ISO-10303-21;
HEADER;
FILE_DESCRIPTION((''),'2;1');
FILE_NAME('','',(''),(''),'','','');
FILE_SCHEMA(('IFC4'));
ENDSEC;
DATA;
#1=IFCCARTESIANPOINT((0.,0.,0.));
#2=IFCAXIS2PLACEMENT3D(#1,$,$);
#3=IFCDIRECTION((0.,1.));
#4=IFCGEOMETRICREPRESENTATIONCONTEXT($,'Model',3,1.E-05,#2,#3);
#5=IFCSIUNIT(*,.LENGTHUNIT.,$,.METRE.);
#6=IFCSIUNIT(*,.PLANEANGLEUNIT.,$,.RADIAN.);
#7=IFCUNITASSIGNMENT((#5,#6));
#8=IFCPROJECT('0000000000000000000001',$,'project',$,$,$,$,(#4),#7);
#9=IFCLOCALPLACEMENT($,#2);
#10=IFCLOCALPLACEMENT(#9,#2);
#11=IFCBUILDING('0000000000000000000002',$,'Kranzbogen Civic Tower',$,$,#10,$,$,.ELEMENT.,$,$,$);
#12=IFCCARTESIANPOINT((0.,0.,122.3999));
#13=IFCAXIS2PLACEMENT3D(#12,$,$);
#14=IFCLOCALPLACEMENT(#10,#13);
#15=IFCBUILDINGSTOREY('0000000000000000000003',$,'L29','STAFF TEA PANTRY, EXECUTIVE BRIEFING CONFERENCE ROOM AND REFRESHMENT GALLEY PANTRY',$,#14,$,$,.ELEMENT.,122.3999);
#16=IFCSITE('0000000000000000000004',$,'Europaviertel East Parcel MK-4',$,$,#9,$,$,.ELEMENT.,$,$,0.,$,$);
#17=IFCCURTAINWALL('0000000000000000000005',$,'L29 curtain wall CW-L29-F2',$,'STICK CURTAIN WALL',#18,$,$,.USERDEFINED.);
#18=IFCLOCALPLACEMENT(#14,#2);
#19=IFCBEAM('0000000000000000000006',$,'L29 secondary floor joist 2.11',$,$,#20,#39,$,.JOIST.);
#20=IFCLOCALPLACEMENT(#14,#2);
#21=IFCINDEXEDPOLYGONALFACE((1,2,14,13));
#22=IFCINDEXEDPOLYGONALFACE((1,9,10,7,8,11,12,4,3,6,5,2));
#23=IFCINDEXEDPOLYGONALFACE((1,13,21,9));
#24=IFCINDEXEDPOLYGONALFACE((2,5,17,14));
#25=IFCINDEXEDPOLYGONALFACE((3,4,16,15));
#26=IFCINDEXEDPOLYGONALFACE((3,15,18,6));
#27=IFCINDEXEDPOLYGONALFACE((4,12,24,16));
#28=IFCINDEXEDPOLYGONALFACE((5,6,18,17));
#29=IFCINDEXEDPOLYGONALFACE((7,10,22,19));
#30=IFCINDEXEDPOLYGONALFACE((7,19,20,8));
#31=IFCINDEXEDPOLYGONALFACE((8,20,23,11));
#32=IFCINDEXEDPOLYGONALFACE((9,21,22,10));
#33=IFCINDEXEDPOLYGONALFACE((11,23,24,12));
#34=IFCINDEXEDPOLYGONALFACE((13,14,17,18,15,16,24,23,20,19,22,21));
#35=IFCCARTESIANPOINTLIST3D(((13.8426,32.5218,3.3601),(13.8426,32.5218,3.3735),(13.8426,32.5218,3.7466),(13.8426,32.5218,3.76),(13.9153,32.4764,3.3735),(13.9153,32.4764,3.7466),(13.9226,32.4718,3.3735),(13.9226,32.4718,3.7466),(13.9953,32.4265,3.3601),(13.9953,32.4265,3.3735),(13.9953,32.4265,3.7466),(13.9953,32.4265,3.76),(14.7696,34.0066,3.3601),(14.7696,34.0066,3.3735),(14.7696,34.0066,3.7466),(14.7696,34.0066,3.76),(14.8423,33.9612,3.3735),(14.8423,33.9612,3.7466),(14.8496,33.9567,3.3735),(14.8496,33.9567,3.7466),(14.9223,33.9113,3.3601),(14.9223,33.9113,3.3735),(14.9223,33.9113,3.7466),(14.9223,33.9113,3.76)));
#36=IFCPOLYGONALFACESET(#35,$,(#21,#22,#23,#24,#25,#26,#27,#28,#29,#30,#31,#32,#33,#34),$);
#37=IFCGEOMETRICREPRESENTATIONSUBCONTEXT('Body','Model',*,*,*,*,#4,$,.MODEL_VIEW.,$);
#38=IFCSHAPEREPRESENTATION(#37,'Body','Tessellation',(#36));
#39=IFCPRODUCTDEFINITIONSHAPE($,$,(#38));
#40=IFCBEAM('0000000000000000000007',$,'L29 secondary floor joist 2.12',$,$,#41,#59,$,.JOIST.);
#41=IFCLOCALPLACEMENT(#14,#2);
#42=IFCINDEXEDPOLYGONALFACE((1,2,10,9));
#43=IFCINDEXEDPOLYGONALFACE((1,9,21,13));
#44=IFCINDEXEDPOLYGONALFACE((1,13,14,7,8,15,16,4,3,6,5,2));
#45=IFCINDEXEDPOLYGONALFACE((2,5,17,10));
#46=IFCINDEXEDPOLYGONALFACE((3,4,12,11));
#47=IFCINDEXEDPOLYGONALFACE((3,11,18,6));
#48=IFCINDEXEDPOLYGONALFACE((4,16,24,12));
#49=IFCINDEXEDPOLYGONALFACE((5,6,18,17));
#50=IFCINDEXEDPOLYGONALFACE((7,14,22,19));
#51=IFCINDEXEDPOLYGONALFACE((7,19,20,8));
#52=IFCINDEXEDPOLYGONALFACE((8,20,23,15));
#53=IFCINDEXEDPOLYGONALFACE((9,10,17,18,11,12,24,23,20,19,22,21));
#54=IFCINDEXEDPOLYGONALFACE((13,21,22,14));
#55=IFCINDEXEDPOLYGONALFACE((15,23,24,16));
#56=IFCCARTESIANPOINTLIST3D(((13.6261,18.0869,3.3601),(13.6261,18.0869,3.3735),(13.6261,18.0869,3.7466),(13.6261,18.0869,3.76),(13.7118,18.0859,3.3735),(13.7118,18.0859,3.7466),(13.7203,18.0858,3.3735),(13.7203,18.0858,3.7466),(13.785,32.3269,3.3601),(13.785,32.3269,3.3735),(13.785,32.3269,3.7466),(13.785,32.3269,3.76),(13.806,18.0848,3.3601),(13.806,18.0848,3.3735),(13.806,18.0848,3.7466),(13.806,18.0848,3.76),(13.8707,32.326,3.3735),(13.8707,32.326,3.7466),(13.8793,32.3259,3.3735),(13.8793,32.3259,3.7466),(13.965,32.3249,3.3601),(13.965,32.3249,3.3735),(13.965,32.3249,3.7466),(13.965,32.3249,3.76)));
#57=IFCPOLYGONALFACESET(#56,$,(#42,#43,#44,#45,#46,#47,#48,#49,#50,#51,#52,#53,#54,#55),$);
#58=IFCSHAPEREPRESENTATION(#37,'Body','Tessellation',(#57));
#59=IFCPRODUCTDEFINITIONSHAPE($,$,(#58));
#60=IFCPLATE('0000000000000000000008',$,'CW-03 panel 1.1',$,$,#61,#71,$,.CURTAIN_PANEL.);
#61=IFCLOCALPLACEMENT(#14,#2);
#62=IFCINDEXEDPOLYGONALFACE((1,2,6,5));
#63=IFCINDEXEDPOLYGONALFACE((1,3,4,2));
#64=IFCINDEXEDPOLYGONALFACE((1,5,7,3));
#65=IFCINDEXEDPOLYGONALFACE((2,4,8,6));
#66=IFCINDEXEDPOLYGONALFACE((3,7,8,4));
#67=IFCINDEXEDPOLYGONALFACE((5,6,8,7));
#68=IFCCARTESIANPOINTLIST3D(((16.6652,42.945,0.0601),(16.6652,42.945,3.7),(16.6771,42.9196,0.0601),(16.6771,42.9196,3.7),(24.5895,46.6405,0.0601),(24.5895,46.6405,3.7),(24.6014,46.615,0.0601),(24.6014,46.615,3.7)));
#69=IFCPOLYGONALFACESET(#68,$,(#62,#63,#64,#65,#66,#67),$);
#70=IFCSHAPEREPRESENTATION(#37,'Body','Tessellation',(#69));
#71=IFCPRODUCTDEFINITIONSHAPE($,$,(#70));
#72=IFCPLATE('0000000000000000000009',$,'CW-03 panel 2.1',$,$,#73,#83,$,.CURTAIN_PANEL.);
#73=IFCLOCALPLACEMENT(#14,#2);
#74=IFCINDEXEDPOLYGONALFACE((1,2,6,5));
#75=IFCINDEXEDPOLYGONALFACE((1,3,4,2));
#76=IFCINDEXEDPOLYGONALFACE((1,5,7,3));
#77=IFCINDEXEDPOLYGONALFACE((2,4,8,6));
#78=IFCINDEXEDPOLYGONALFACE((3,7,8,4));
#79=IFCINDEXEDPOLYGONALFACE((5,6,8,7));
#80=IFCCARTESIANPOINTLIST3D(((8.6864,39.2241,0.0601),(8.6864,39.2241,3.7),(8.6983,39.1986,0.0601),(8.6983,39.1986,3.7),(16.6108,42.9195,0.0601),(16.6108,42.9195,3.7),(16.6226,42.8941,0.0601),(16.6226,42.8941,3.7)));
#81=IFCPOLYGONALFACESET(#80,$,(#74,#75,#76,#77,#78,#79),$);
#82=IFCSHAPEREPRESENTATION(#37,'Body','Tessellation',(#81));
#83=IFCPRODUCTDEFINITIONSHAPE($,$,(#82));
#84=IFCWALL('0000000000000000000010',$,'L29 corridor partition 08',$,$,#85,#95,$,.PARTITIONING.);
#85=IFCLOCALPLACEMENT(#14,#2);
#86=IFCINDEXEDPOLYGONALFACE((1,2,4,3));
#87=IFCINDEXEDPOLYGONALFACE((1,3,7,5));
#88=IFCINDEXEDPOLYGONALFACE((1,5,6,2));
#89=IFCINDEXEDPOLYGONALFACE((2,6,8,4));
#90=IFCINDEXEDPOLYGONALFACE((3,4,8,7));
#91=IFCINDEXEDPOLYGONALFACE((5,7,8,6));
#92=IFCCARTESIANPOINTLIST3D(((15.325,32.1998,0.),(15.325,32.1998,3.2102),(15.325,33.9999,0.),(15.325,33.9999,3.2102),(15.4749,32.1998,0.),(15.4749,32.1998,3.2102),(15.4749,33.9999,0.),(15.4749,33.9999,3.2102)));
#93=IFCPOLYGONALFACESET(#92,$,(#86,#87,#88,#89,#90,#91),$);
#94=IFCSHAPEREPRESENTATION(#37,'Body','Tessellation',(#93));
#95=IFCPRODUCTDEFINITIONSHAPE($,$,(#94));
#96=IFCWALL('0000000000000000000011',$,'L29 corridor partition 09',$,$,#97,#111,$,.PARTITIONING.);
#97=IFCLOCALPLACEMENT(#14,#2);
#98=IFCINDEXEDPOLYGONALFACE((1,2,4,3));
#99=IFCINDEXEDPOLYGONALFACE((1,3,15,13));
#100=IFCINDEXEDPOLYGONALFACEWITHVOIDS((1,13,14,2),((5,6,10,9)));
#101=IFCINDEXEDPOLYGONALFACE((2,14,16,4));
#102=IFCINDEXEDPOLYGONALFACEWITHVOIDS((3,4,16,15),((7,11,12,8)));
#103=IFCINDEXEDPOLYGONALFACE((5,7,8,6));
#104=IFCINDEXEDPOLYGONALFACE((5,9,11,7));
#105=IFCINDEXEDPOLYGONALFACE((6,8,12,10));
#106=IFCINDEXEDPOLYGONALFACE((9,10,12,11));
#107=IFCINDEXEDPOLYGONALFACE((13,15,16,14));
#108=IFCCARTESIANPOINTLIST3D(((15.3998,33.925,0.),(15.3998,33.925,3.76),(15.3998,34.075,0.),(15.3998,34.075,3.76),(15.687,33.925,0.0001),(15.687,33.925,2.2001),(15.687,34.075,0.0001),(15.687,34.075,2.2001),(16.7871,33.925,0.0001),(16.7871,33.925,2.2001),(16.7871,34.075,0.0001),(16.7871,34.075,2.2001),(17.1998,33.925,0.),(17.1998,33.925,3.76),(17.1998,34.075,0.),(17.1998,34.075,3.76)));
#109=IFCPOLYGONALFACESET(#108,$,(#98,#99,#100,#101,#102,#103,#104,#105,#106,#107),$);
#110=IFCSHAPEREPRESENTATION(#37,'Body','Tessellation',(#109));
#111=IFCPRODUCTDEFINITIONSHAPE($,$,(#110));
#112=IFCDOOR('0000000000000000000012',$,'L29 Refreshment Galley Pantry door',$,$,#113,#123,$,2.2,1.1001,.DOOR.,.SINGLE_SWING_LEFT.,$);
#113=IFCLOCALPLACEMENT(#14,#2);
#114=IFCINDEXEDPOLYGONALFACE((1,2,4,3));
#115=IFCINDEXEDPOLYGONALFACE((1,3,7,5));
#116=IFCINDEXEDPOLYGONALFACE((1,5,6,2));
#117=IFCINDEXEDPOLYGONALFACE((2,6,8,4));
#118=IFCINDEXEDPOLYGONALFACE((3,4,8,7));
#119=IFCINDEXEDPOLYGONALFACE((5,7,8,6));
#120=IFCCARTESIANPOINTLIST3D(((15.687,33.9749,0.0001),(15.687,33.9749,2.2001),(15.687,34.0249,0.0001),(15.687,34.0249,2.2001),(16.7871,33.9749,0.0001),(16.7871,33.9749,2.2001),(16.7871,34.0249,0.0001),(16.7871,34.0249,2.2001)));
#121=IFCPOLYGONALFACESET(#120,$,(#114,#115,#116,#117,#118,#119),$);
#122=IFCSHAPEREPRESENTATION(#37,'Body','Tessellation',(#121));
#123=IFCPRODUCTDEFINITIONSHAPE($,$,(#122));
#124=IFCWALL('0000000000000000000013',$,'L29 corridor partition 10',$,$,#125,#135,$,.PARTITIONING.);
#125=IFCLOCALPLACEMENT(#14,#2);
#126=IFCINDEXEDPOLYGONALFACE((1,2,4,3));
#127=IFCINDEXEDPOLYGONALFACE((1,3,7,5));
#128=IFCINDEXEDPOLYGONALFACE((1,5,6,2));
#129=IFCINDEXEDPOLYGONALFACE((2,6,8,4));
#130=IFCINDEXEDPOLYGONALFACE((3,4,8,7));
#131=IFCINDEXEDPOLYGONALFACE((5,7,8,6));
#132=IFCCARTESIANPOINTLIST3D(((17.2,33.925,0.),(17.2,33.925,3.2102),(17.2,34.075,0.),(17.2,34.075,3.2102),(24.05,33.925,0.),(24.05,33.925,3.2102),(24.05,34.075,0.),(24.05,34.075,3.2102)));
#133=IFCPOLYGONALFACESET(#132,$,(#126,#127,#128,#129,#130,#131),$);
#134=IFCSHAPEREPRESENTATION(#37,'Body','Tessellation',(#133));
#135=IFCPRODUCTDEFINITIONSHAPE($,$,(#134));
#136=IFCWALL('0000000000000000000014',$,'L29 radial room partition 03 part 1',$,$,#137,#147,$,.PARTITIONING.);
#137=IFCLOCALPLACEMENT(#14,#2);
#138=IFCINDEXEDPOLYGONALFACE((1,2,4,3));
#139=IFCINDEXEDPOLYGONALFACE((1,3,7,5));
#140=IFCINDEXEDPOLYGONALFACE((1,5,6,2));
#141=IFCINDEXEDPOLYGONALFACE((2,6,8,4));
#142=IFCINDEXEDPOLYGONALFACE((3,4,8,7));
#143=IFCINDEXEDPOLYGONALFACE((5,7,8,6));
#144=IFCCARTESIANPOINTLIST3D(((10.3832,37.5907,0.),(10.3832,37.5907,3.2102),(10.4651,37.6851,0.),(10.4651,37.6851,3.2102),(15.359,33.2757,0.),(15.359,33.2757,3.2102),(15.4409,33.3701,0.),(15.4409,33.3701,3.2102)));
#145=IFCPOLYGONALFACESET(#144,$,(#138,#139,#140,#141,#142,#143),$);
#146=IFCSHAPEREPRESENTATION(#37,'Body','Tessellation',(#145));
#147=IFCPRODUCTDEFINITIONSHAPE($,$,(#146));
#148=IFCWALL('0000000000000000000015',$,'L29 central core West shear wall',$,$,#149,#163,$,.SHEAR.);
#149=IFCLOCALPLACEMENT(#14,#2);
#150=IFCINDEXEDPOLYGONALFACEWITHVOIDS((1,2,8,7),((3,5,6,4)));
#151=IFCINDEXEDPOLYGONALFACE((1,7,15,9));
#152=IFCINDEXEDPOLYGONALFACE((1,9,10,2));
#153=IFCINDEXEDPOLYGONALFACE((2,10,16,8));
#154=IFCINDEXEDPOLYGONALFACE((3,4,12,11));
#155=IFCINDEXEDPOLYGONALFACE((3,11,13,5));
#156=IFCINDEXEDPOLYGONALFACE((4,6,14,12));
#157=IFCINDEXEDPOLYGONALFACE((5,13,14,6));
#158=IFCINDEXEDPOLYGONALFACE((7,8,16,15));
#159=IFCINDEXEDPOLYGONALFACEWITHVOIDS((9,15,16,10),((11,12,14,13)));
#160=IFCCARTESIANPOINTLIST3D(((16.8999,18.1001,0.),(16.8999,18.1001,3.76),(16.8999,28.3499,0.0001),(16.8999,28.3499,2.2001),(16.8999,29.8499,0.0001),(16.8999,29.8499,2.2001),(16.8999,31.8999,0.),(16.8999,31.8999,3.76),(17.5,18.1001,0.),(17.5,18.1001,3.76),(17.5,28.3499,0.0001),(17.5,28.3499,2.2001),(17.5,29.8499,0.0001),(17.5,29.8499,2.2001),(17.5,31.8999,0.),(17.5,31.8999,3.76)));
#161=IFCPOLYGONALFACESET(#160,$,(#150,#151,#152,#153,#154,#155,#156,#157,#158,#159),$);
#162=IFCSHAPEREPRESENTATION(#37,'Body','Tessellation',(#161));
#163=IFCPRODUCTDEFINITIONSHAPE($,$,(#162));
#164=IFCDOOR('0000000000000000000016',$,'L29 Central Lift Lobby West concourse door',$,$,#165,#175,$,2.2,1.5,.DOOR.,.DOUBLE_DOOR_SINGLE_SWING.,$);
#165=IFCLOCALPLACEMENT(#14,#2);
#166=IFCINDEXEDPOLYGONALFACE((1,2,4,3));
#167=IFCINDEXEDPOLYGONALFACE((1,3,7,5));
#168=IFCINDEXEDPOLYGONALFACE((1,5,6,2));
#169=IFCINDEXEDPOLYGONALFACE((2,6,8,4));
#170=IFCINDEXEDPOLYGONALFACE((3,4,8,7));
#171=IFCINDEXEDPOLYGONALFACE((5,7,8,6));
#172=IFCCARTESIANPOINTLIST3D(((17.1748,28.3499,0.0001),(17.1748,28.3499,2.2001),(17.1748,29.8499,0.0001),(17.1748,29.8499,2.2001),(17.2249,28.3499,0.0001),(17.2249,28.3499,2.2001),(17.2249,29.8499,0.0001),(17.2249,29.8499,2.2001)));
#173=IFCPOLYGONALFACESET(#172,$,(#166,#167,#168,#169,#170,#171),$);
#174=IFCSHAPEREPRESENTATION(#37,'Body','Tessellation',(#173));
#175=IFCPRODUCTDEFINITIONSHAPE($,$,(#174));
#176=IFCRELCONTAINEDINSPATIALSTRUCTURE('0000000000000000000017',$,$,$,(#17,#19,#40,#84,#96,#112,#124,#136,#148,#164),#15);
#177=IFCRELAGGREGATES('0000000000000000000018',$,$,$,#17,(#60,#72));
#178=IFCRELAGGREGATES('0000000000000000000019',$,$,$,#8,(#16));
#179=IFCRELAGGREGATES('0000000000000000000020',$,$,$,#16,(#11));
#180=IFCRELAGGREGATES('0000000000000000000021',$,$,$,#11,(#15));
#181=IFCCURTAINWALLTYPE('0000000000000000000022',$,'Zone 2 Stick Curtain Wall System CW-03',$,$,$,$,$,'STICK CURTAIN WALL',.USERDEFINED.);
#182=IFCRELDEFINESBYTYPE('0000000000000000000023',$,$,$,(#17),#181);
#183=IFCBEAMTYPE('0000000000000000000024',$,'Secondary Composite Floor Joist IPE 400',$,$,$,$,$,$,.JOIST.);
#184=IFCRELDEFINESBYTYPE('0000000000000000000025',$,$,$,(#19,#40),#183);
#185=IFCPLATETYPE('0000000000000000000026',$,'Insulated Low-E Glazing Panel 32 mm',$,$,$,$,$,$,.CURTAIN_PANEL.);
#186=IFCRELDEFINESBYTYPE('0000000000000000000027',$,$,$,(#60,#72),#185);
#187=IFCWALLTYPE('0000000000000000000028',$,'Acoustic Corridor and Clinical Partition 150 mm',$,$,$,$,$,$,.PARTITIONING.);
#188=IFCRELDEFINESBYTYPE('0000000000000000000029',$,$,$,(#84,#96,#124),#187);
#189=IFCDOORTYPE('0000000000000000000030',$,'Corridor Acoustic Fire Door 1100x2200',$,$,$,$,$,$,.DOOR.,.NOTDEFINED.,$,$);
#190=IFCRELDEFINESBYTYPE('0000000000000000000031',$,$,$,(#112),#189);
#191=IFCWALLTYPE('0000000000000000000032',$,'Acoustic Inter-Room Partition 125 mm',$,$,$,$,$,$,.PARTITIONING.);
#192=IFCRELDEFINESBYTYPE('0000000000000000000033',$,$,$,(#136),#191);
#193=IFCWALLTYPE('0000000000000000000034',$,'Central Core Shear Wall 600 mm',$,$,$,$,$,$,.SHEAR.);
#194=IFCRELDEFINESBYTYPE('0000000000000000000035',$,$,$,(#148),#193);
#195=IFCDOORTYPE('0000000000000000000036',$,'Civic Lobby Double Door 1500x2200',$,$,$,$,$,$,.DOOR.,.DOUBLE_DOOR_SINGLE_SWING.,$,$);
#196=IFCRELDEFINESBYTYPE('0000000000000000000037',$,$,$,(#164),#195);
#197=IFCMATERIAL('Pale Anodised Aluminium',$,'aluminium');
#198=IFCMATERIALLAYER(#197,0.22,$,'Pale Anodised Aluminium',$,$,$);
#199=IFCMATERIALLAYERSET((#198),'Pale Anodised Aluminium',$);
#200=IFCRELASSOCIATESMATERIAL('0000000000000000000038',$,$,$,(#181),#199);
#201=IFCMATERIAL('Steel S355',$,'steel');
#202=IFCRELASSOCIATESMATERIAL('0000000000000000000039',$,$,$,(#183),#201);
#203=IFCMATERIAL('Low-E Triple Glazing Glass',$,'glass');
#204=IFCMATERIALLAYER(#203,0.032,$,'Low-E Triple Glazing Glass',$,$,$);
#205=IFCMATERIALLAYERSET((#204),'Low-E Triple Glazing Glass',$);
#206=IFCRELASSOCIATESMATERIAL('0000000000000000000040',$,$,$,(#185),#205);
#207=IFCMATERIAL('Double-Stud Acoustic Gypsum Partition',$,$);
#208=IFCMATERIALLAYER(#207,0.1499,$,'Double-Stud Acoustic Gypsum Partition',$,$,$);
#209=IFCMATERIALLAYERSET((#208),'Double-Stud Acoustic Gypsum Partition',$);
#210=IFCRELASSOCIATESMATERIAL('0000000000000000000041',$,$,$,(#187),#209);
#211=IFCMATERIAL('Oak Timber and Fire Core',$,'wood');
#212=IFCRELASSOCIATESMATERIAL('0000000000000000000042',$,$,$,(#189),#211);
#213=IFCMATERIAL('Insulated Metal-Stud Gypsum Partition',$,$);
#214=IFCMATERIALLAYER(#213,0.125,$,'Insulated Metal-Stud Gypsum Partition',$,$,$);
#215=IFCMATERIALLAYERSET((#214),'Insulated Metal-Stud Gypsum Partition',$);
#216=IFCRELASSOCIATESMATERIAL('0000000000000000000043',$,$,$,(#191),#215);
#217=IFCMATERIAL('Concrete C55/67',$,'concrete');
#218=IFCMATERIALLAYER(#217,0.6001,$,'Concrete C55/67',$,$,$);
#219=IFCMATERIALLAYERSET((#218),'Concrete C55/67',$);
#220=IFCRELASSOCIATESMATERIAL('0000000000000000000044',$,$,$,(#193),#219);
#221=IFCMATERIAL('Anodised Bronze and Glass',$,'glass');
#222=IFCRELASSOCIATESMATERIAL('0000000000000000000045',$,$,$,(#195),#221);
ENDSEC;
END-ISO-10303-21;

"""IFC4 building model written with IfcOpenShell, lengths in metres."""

from ifc_helpers import new_model, si_unit, direction, frame, frame_2d, origin, origin_2d, place, context, subcontext, project, spatial, rectangle, i_section, extrude, material, layer, layer_set, material_profile, profile_set, type_object, element, fill, aggregate, save


model = new_model("IFC4")

# Units and contexts
model_context = context("Model", 3, precision=1e-05, world=origin(), true_north=direction((0.0, 1.0)))
body_context = subcontext(model_context, "Body", "Model", "MODEL_VIEW")
ifc_project = project(units=[si_unit("LENGTHUNIT", "METRE"), si_unit("PLANEANGLEUNIT", "RADIAN")], contexts=[model_context])

# Site, building, storey
site_placement = place(None, origin())
site = spatial("IfcSite", under=ifc_project, at=site_placement, Name="Europaviertel East Parcel MK-4", CompositionType="ELEMENT", RefElevation=0.0)
building_placement = place(site_placement, origin())
building = spatial("IfcBuilding", under=site, at=building_placement, Name="Kranzbogen Civic Tower", CompositionType="ELEMENT")
storey_placement = place(building_placement, frame((0.0, 0.0, 122.3999)))
storey = spatial("IfcBuildingStorey", under=building, at=storey_placement, Name="L29", Description="STAFF TEA PANTRY, EXECUTIVE BRIEFING CONFERENCE ROOM AND REFRESHMENT GALLEY PANTRY", CompositionType="ELEMENT", Elevation=122.3999)

# Curtain wall
ifc_material_1 = material(Name="Pale Anodised Aluminium", Category="aluminium")
ifc_layer_1 = layer(ifc_material_1, 0.22, Name="Pale Anodised Aluminium")
ifc_layer_set_1 = layer_set([ifc_layer_1], Name="Pale Anodised Aluminium")
curtain_wall_type = type_object("IfcCurtainWallType", Name="Zone 2 Stick Curtain Wall System CW-03", ElementType="STICK CURTAIN WALL", PredefinedType="USERDEFINED", material=ifc_layer_set_1)
curtain_wall_placement = place(storey_placement, origin())
curtain_wall = element("IfcCurtainWall", 1, at=curtain_wall_placement, inside=storey, type_object=curtain_wall_type, Name="L29 curtain wall CW-L29-F2", ObjectType="STICK CURTAIN WALL", PredefinedType="USERDEFINED")

# Beams
ifc_material_2 = material(Name="Steel S355", Category="steel")
ifc_material_profile_1 = material_profile(ifc_material_2, i_section(OverallWidth=0.1799, OverallDepth=0.3999, WebThickness=0.0085, FlangeThickness=0.0134, at=origin_2d()), Name="IPE 400")
ifc_profile_set_1 = profile_set([ifc_material_profile_1], Name="Steel S355")
beam_type_1 = type_object("IfcBeamType", Name="Secondary Composite Floor Joist IPE 400", PredefinedType="JOIST", material=ifc_profile_set_1)
beam_1_placement = place(storey_placement, frame((14.8459, 33.959, 3.5601), z_axis=(-0.529573, -0.848265, 0.0), x_axis=(0.848265, -0.529573, 0.0)))
element("IfcBeam", 2, at=beam_1_placement, inside=storey, type_object=beam_type_1, Name="L29 secondary floor joist 2.11", PredefinedType="JOIST", context=body_context, shape_type="SweptSolid", body=[
    extrude(i_section(OverallWidth=0.1799, OverallDepth=0.3999, WebThickness=0.0085, FlangeThickness=0.0134, at=origin_2d()), origin(), (0.0, 0.0, 1.0), 1.7505),
])
beam_2_placement = place(storey_placement, frame((13.875, 32.3259, 3.5601), z_axis=(-0.011161, -0.999938, 0.0), x_axis=(0.999938, -0.011161, 0.0)))
element("IfcBeam", 3, at=beam_2_placement, inside=storey, type_object=beam_type_1, Name="L29 secondary floor joist 2.12", PredefinedType="JOIST", context=body_context, shape_type="SweptSolid", body=[
    extrude(i_section(OverallWidth=0.1799, OverallDepth=0.3999, WebThickness=0.0085, FlangeThickness=0.0134, at=origin_2d()), origin(), (0.0, 0.0, 1.0), 14.241),
])

# Plates
ifc_material_3 = material(Name="Low-E Triple Glazing Glass", Category="glass")
ifc_layer_2 = layer(ifc_material_3, 0.032, Name="Low-E Triple Glazing Glass")
ifc_layer_set_2 = layer_set([ifc_layer_2], Name="Low-E Triple Glazing Glass")
plate_type = type_object("IfcPlateType", Name="Insulated Low-E Glazing Panel 32 mm", PredefinedType="CURTAIN_PANEL", material=ifc_layer_set_2)
plate_1_placement = place(storey_placement, frame((20.6333, 44.78, 0.0601), z_axis=(0.0, 0.0, 1.0), x_axis=(-0.906297, -0.422641, 0.0)))
plate_1 = element("IfcPlate", 4, at=plate_1_placement, type_object=plate_type, Name="CW-03 panel 1.1", PredefinedType="CURTAIN_PANEL", context=body_context, shape_type="SweptSolid", body=[
    extrude(rectangle(XDim=8.7437, YDim=0.0281, at=origin_2d()), origin(), (0.0, 0.0, 1.0), 3.6399),
])
plate_2_placement = place(storey_placement, frame((12.6545, 41.0591, 0.0601), z_axis=(0.0, 0.0, 1.0), x_axis=(-0.906297, -0.422641, 0.0)))
plate_2 = element("IfcPlate", 5, at=plate_2_placement, type_object=plate_type, Name="CW-03 panel 2.1", PredefinedType="CURTAIN_PANEL", context=body_context, shape_type="SweptSolid", body=[
    extrude(rectangle(XDim=8.7437, YDim=0.0281, at=origin_2d()), origin(), (0.0, 0.0, 1.0), 3.6399),
])
aggregate(curtain_wall, [plate_1, plate_2])

# Wall
ifc_material_4 = material(Name="Double-Stud Acoustic Gypsum Partition")
ifc_layer_3 = layer(ifc_material_4, 0.1499, Name="Double-Stud Acoustic Gypsum Partition")
ifc_layer_set_3 = layer_set([ifc_layer_3], Name="Double-Stud Acoustic Gypsum Partition")
wall_type_1 = type_object("IfcWallType", Name="Acoustic Corridor and Clinical Partition 150 mm", PredefinedType="PARTITIONING", material=ifc_layer_set_3)
wall_1_placement = place(storey_placement, frame((15.3999, 32.2, 0.0), z_axis=(0.0, 0.0, 1.0), x_axis=(0.0, 1.0, 0.0)))
element("IfcWall", 6, at=wall_1_placement, inside=storey, type_object=wall_type_1, Name="L29 corridor partition 08", PredefinedType="PARTITIONING", context=body_context, shape_type="SweptSolid", body=[
    extrude(rectangle(XDim=1.8, YDim=0.1499, at=frame_2d((0.8999, 0.0))), origin(), (0.0, 0.0, 1.0), 3.2102),
])

# Wall, opening, door
wall_2_placement = place(storey_placement, frame((15.3999, 34.0, 0.0), z_axis=(0.0, 0.0, 1.0), x_axis=(1.0, 0.0, 0.0)))
wall_2 = element("IfcWall", 7, at=wall_2_placement, inside=storey, type_object=wall_type_1, Name="L29 corridor partition 09", PredefinedType="PARTITIONING", context=body_context, shape_type="SweptSolid", body=[
    extrude(rectangle(XDim=1.8, YDim=0.1499, at=frame_2d((0.8999, 0.0))), origin(), (0.0, 0.0, 1.0), 3.76),
])
opening_1_placement = place(wall_2_placement, frame((0.2871, 0.0, 0.0)))
opening_1 = element("IfcOpeningElement", 8, at=opening_1_placement, cuts=wall_2, PredefinedType="OPENING", context=body_context, shape_type="SweptSolid", body=[
    extrude(rectangle(XDim=1.1001, YDim=2.2, at=frame_2d((0.55, 1.1001))), frame((0.0, 0.085, 0.0), z_axis=(0.0, -1.0, 0.0), x_axis=(1.0, 0.0, 0.0)), (0.0, 0.0, 1.0), 0.1699),
])
ifc_material_5 = material(Name="Oak Timber and Fire Core", Category="wood")
door_type_1 = type_object("IfcDoorType", Name="Corridor Acoustic Fire Door 1100x2200", OperationType="NOTDEFINED", PredefinedType="DOOR", material=ifc_material_5)
door_1_placement = place(opening_1_placement, origin())
door_1 = element("IfcDoor", 9, at=door_1_placement, inside=storey, type_object=door_type_1, Name="L29 Refreshment Galley Pantry door", OperationType="SINGLE_SWING_LEFT", OverallHeight=2.2, OverallWidth=1.1001, PredefinedType="DOOR", context=body_context, shape_type="SweptSolid", body=[
    extrude(rectangle(XDim=1.1001, YDim=2.2, at=frame_2d((0.55, 1.1001))), frame((0.0, 0.0249, 0.0), z_axis=(0.0, -1.0, 0.0), x_axis=(1.0, 0.0, 0.0)), (0.0, 0.0, 1.0), 0.05),
])
fill(opening_1, door_1)

# Walls
wall_3_placement = place(storey_placement, frame((17.2, 34.0, 0.0), z_axis=(0.0, 0.0, 1.0), x_axis=(1.0, 0.0, 0.0)))
element("IfcWall", 10, at=wall_3_placement, inside=storey, type_object=wall_type_1, Name="L29 corridor partition 10", PredefinedType="PARTITIONING", context=body_context, shape_type="SweptSolid", body=[
    extrude(rectangle(XDim=6.8501, YDim=0.1499, at=frame_2d((3.425, 0.0))), origin(), (0.0, 0.0, 1.0), 3.2102),
])
ifc_material_6 = material(Name="Insulated Metal-Stud Gypsum Partition")
ifc_layer_4 = layer(ifc_material_6, 0.125, Name="Insulated Metal-Stud Gypsum Partition")
ifc_layer_set_4 = layer_set([ifc_layer_4], Name="Insulated Metal-Stud Gypsum Partition")
wall_type_2 = type_object("IfcWallType", Name="Acoustic Inter-Room Partition 125 mm", PredefinedType="PARTITIONING", material=ifc_layer_set_4)
wall_4_placement = place(storey_placement, frame((15.3999, 33.323, 0.0), z_axis=(0.0, 0.0, 1.0), x_axis=(-0.755497, 0.655152, 0.0)))
element("IfcWall", 11, at=wall_4_placement, inside=storey, type_object=wall_type_2, Name="L29 radial room partition 03 part 1", PredefinedType="PARTITIONING", context=body_context, shape_type="SweptSolid", body=[
    extrude(rectangle(XDim=6.5862, YDim=0.125, at=frame_2d((3.293, 0.0))), origin(), (0.0, 0.0, 1.0), 3.2102),
])

# Wall, opening, door
ifc_material_7 = material(Name="Concrete C55/67", Category="concrete")
ifc_layer_5 = layer(ifc_material_7, 0.6001, Name="Concrete C55/67")
ifc_layer_set_5 = layer_set([ifc_layer_5], Name="Concrete C55/67")
wall_type_3 = type_object("IfcWallType", Name="Central Core Shear Wall 600 mm", PredefinedType="SHEAR", material=ifc_layer_set_5)
wall_5_placement = place(storey_placement, frame((17.2, 31.8999, 0.0), z_axis=(0.0, 0.0, 1.0), x_axis=(0.0, -1.0, 0.0)))
wall_5 = element("IfcWall", 12, at=wall_5_placement, inside=storey, type_object=wall_type_3, Name="L29 central core West shear wall", PredefinedType="SHEAR", context=body_context, shape_type="SweptSolid", body=[
    extrude(rectangle(XDim=13.7998, YDim=0.6001, at=frame_2d((6.8999, 0.0))), origin(), (0.0, 0.0, 1.0), 3.76),
])
opening_2_placement = place(wall_5_placement, frame((2.05, 0.0, 0.0)))
opening_2 = element("IfcOpeningElement", 13, at=opening_2_placement, cuts=wall_5, PredefinedType="OPENING", context=body_context, shape_type="SweptSolid", body=[
    extrude(rectangle(XDim=1.5, YDim=2.2, at=frame_2d((0.75, 1.1001))), frame((0.0, 0.3101, 0.0), z_axis=(0.0, -1.0, 0.0), x_axis=(1.0, 0.0, 0.0)), (0.0, 0.0, 1.0), 0.6201),
])
ifc_material_8 = material(Name="Anodised Bronze and Glass", Category="glass")
door_type_2 = type_object("IfcDoorType", Name="Civic Lobby Double Door 1500x2200", OperationType="DOUBLE_DOOR_SINGLE_SWING", PredefinedType="DOOR", material=ifc_material_8)
door_2_placement = place(opening_2_placement, origin())
door_2 = element("IfcDoor", 14, at=door_2_placement, inside=storey, type_object=door_type_2, Name="L29 Central Lift Lobby West concourse door", OperationType="DOUBLE_DOOR_SINGLE_SWING", OverallHeight=2.2, OverallWidth=1.5, PredefinedType="DOOR", context=body_context, shape_type="SweptSolid", body=[
    extrude(rectangle(XDim=1.5, YDim=2.2, at=frame_2d((0.75, 1.1001))), frame((0.0, 0.0249, 0.0), z_axis=(0.0, -1.0, 0.0), x_axis=(1.0, 0.0, 0.0)), (0.0, 0.0, 1.0), 0.05),
])
fill(opening_2, door_2)

save(model, "model.ifc")
